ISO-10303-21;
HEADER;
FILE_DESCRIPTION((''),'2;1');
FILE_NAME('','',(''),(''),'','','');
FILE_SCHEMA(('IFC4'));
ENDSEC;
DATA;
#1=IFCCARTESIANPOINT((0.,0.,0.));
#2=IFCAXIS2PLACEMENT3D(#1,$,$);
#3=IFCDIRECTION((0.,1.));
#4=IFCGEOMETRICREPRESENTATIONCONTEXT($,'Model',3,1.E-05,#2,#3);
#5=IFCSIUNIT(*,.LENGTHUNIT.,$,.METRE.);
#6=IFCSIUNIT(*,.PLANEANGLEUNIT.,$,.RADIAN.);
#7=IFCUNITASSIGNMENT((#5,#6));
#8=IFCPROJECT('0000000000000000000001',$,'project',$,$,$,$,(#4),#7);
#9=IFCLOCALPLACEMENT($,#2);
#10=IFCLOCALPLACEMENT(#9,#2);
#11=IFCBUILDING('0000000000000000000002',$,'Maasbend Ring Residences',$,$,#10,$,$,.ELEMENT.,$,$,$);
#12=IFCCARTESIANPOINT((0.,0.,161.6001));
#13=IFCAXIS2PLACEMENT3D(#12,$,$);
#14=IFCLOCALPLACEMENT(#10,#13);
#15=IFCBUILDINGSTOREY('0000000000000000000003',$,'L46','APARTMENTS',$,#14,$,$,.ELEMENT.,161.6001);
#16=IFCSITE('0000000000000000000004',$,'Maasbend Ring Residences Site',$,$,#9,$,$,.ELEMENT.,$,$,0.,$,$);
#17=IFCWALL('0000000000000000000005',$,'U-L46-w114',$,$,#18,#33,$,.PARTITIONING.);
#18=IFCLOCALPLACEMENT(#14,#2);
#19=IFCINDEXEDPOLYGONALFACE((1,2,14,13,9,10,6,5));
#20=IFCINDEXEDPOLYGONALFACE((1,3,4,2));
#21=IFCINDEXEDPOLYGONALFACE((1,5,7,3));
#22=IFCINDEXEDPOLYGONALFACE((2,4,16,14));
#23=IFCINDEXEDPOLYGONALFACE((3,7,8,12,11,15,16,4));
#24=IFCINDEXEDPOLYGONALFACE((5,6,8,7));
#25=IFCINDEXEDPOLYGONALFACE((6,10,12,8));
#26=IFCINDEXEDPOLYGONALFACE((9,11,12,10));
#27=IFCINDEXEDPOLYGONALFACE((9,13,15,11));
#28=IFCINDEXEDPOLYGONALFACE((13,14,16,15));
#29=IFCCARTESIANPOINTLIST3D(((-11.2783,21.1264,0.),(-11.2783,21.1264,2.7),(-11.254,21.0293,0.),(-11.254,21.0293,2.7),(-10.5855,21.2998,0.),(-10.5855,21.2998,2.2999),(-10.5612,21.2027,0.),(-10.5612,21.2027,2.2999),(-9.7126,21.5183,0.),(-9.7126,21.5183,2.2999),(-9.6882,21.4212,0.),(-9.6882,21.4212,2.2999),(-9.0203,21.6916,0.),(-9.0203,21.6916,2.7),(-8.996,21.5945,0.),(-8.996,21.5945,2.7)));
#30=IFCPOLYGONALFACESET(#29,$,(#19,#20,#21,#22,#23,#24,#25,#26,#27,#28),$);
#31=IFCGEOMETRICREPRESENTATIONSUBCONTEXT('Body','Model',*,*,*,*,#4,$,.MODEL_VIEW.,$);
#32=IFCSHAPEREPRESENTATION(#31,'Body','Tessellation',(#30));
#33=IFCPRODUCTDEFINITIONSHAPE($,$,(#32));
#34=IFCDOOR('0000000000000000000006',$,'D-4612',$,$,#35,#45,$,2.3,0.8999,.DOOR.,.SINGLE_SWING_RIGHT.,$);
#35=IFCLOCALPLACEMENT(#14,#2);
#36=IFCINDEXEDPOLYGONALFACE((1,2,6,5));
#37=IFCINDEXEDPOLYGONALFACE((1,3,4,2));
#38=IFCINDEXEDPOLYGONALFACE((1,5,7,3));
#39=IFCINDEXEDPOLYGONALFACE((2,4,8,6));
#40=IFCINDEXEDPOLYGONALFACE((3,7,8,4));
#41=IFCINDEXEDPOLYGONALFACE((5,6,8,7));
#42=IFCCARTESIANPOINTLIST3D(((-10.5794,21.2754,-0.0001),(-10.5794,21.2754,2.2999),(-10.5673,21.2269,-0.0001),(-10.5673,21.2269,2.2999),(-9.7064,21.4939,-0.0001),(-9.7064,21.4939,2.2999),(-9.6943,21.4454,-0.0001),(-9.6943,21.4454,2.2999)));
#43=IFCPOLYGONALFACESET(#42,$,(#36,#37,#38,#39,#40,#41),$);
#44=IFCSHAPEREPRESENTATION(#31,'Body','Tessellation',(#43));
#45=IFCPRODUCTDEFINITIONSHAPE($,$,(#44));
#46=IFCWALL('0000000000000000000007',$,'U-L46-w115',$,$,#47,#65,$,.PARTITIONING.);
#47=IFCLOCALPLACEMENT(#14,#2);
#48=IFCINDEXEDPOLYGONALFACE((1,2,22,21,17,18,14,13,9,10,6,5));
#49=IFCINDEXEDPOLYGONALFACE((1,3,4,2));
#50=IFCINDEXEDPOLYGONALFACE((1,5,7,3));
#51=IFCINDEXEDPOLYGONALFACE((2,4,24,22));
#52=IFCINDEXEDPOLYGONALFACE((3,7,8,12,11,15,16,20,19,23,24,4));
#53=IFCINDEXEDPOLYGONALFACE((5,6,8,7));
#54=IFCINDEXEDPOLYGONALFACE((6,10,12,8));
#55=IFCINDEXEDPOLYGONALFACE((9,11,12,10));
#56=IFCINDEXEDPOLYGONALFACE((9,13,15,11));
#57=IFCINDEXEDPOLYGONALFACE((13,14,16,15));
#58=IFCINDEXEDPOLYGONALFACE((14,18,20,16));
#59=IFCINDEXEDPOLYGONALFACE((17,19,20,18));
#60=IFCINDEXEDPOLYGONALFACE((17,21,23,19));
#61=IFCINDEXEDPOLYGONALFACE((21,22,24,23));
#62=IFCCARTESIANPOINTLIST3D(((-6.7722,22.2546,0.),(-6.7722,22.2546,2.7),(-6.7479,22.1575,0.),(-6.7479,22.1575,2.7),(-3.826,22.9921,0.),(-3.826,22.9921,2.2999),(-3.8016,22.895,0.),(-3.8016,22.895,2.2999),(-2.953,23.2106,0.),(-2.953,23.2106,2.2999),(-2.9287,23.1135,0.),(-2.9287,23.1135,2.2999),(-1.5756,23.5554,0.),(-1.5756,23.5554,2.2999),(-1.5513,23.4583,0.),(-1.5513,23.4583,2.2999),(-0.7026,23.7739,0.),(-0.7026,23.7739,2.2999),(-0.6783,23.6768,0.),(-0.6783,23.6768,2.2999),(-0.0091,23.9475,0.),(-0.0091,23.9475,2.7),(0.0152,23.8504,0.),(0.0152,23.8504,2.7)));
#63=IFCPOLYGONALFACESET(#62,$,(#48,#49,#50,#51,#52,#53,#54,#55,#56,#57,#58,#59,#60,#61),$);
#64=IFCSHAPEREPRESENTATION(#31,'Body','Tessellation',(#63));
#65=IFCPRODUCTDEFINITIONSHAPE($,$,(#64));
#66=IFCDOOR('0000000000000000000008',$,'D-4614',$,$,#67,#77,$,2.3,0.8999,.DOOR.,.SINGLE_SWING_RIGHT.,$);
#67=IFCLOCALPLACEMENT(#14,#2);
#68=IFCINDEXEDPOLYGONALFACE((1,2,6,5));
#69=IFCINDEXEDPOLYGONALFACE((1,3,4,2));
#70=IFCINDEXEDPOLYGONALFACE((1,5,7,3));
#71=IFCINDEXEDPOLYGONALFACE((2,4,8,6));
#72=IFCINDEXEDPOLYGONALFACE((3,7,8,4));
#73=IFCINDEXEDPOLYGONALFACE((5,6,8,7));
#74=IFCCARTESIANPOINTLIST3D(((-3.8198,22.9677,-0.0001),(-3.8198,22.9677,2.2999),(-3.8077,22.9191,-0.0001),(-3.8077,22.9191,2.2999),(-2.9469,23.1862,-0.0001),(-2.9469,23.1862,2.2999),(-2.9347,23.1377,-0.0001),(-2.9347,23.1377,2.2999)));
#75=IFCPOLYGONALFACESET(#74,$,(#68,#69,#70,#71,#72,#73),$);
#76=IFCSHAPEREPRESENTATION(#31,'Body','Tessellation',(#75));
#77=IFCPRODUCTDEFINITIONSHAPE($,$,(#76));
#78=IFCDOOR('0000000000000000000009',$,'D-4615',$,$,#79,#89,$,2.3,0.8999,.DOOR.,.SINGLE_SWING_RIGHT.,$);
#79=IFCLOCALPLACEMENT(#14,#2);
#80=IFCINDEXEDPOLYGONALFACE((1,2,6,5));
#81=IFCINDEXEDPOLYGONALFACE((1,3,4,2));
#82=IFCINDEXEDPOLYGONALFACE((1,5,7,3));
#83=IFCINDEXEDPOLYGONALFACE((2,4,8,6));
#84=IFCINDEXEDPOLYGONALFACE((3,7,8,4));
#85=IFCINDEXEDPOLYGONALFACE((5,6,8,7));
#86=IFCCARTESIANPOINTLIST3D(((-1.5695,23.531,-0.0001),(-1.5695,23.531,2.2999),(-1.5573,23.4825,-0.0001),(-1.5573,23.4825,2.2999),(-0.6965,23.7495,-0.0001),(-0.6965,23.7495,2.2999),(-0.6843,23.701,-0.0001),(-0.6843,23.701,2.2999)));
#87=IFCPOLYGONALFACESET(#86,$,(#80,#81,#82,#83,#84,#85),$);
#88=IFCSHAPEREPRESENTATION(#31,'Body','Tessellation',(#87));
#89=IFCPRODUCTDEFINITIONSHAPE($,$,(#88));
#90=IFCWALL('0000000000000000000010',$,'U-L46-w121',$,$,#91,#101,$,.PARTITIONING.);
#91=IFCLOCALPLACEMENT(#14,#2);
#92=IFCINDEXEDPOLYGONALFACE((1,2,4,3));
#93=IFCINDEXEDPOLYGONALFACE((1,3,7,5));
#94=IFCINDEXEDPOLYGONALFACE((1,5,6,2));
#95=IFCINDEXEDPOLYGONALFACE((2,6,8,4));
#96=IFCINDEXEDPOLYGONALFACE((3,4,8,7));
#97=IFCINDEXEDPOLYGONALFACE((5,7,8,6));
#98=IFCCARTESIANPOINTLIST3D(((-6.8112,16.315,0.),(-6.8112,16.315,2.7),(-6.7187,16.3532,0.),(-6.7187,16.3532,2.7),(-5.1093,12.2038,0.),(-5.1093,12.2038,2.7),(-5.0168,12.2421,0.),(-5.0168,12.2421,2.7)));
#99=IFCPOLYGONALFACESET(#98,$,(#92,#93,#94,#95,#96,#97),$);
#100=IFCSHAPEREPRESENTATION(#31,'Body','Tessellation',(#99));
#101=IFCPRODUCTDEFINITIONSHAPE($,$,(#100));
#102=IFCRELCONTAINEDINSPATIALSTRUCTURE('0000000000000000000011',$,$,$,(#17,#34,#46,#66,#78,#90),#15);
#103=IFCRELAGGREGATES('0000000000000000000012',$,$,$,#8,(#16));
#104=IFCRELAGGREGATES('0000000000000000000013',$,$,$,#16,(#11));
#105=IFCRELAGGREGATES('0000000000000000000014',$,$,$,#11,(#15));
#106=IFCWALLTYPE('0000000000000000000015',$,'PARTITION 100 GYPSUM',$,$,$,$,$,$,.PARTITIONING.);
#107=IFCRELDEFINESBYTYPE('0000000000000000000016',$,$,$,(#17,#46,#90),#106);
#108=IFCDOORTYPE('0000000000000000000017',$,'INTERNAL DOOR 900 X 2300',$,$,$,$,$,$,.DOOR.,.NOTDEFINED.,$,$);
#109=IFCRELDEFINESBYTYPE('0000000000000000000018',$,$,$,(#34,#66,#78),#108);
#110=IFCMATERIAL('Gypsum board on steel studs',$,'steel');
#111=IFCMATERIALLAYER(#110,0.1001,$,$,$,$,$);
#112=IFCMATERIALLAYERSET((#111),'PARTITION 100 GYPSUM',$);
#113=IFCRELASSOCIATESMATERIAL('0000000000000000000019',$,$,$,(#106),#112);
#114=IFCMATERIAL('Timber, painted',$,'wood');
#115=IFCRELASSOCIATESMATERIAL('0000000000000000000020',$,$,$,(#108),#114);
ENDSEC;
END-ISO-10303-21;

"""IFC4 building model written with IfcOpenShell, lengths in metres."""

from ifc_helpers import new_model, si_unit, direction, frame, frame_2d, origin, place, context, subcontext, project, spatial, rectangle, extrude, material, layer, layer_set, type_object, element, fill, save


model = new_model("IFC4")

# Units and contexts
model_context = context("Model", 3, precision=1e-05, world=origin(), true_north=direction((0.0, 1.0)))
body_context = subcontext(model_context, "Body", "Model", "MODEL_VIEW")
ifc_project = project(units=[si_unit("LENGTHUNIT", "METRE"), si_unit("PLANEANGLEUNIT", "RADIAN")], contexts=[model_context])

# Site, building, storey
site_placement = place(None, origin())
site = spatial("IfcSite", under=ifc_project, at=site_placement, Name="Maasbend Ring Residences Site", CompositionType="ELEMENT", RefElevation=0.0)
building_placement = place(site_placement, origin())
building = spatial("IfcBuilding", under=site, at=building_placement, Name="Maasbend Ring Residences", CompositionType="ELEMENT")
storey_placement = place(building_placement, frame((0.0, 0.0, 161.6001)))
storey = spatial("IfcBuildingStorey", under=building, at=storey_placement, Name="L46", Description="APARTMENTS", CompositionType="ELEMENT", Elevation=161.6001)

# Shared definitions
ifc_material_1 = material(Name="Gypsum board on steel studs", Category="steel")
ifc_layer_1 = layer(ifc_material_1, 0.1001)
ifc_layer_set_1 = layer_set([ifc_layer_1], Name="PARTITION 100 GYPSUM")
wall_type_1 = type_object("IfcWallType", Name="PARTITION 100 GYPSUM", PredefinedType="PARTITIONING", material=ifc_layer_set_1)

# Shared definitions
ifc_material_2 = material(Name="Timber, painted", Category="wood")
door_type_1 = type_object("IfcDoorType", Name="INTERNAL DOOR 900 X 2300", OperationType="NOTDEFINED", PredefinedType="DOOR", material=ifc_material_2)

# Wall, opening, door
wall_1_placement = place(storey_placement, frame((-11.2661, 21.0779, 0.0), z_axis=(0.0, 0.0, 1.0), x_axis=(0.970075, 0.242807, 0.0)))
wall_1 = element("IfcWall", 1, at=wall_1_placement, inside=storey, type_object=wall_type_1, Name="U-L46-w114", PredefinedType="PARTITIONING", context=body_context, shape_type="SweptSolid", body=[
    extrude(rectangle(XDim=2.3276, YDim=0.1001, at=frame_2d((1.1638, 0.0))), origin(), (0.0, 0.0, 1.0), 2.7),
])
opening_1_placement = place(wall_1_placement, frame((0.7141, 0.0, 0.0)))
opening_1 = element("IfcOpeningElement", 2, at=opening_1_placement, cuts=wall_1, PredefinedType="OPENING", context=body_context, shape_type="SweptSolid", body=[
    extrude(rectangle(XDim=0.8999, YDim=2.3, at=frame_2d((0.45, 1.1499))), frame((0.0, 0.0601, 0.0), z_axis=(0.0, -1.0, 0.0), x_axis=(1.0, 0.0, 0.0)), (0.0, 0.0, 1.0), 0.1201),
])
door_1_placement = place(opening_1_placement, origin())
door_1 = element("IfcDoor", 3, at=door_1_placement, inside=storey, type_object=door_type_1, Name="D-4612", OperationType="SINGLE_SWING_RIGHT", OverallHeight=2.3, OverallWidth=0.8999, PredefinedType="DOOR", context=body_context, shape_type="SweptSolid", body=[
    extrude(rectangle(XDim=0.8999, YDim=2.3, at=frame_2d((0.45, 1.1499))), frame((0.0, 0.0249, 0.0), z_axis=(0.0, -1.0, 0.0), x_axis=(1.0, 0.0, 0.0)), (0.0, 0.0, 1.0), 0.05),
])
fill(opening_1, door_1)

# Wall, openings, doors
wall_2_placement = place(storey_placement, frame((-6.76, 22.2061, 0.0), z_axis=(0.0, 0.0, 1.0), x_axis=(0.97007, 0.242824, 0.0)))
wall_2 = element("IfcWall", 4, at=wall_2_placement, inside=storey, type_object=wall_type_1, Name="U-L46-w115", PredefinedType="PARTITIONING", context=body_context, shape_type="SweptSolid", body=[
    extrude(rectangle(XDim=6.9717, YDim=0.1001, at=frame_2d((3.4858, 0.0))), origin(), (0.0, 0.0, 1.0), 2.7),
])
opening_2_placement = place(wall_2_placement, frame((3.0371, 0.0, 0.0)))
opening_2 = element("IfcOpeningElement", 5, at=opening_2_placement, cuts=wall_2, PredefinedType="OPENING", context=body_context, shape_type="SweptSolid", body=[
    extrude(rectangle(XDim=0.8999, YDim=2.3, at=frame_2d((0.45, 1.1499))), frame((0.0, 0.0601, 0.0), z_axis=(0.0, -1.0, 0.0), x_axis=(1.0, 0.0, 0.0)), (0.0, 0.0, 1.0), 0.1201),
])
opening_3_placement = place(wall_2_placement, frame((5.3569, 0.0, 0.0)))
opening_3 = element("IfcOpeningElement", 6, at=opening_3_placement, cuts=wall_2, PredefinedType="OPENING", context=body_context, shape_type="SweptSolid", body=[
    extrude(rectangle(XDim=0.8999, YDim=2.3, at=frame_2d((0.45, 1.1499))), frame((0.0, 0.0601, 0.0), z_axis=(0.0, -1.0, 0.0), x_axis=(1.0, 0.0, 0.0)), (0.0, 0.0, 1.0), 0.1201),
])
door_2_placement = place(opening_2_placement, origin())
door_2 = element("IfcDoor", 7, at=door_2_placement, inside=storey, type_object=door_type_1, Name="D-4614", OperationType="SINGLE_SWING_RIGHT", OverallHeight=2.3, OverallWidth=0.8999, PredefinedType="DOOR", context=body_context, shape_type="SweptSolid", body=[
    extrude(rectangle(XDim=0.8999, YDim=2.3, at=frame_2d((0.45, 1.1499))), frame((0.0, 0.0249, 0.0), z_axis=(0.0, -1.0, 0.0), x_axis=(1.0, 0.0, 0.0)), (0.0, 0.0, 1.0), 0.05),
])
fill(opening_2, door_2)
door_3_placement = place(opening_3_placement, origin())
door_3 = element("IfcDoor", 8, at=door_3_placement, inside=storey, type_object=door_type_1, Name="D-4615", OperationType="SINGLE_SWING_RIGHT", OverallHeight=2.3, OverallWidth=0.8999, PredefinedType="DOOR", context=body_context, shape_type="SweptSolid", body=[
    extrude(rectangle(XDim=0.8999, YDim=2.3, at=frame_2d((0.45, 1.1499))), frame((0.0, 0.0249, 0.0), z_axis=(0.0, -1.0, 0.0), x_axis=(1.0, 0.0, 0.0)), (0.0, 0.0, 1.0), 0.05),
])
fill(opening_3, door_3)

# Wall
wall_3_placement = place(storey_placement, frame((-6.7649, 16.334, 0.0), z_axis=(0.0, 0.0, 1.0), x_axis=(0.382499, -0.923956, 0.0)))
element("IfcWall", 9, at=wall_3_placement, inside=storey, type_object=wall_type_1, Name="U-L46-w121", PredefinedType="PARTITIONING", context=body_context, shape_type="SweptSolid", body=[
    extrude(rectangle(XDim=4.4495, YDim=0.1001, at=frame_2d((2.2246, 0.0))), origin(), (0.0, 0.0, 1.0), 2.7),
])

save(model, "model.ifc")
